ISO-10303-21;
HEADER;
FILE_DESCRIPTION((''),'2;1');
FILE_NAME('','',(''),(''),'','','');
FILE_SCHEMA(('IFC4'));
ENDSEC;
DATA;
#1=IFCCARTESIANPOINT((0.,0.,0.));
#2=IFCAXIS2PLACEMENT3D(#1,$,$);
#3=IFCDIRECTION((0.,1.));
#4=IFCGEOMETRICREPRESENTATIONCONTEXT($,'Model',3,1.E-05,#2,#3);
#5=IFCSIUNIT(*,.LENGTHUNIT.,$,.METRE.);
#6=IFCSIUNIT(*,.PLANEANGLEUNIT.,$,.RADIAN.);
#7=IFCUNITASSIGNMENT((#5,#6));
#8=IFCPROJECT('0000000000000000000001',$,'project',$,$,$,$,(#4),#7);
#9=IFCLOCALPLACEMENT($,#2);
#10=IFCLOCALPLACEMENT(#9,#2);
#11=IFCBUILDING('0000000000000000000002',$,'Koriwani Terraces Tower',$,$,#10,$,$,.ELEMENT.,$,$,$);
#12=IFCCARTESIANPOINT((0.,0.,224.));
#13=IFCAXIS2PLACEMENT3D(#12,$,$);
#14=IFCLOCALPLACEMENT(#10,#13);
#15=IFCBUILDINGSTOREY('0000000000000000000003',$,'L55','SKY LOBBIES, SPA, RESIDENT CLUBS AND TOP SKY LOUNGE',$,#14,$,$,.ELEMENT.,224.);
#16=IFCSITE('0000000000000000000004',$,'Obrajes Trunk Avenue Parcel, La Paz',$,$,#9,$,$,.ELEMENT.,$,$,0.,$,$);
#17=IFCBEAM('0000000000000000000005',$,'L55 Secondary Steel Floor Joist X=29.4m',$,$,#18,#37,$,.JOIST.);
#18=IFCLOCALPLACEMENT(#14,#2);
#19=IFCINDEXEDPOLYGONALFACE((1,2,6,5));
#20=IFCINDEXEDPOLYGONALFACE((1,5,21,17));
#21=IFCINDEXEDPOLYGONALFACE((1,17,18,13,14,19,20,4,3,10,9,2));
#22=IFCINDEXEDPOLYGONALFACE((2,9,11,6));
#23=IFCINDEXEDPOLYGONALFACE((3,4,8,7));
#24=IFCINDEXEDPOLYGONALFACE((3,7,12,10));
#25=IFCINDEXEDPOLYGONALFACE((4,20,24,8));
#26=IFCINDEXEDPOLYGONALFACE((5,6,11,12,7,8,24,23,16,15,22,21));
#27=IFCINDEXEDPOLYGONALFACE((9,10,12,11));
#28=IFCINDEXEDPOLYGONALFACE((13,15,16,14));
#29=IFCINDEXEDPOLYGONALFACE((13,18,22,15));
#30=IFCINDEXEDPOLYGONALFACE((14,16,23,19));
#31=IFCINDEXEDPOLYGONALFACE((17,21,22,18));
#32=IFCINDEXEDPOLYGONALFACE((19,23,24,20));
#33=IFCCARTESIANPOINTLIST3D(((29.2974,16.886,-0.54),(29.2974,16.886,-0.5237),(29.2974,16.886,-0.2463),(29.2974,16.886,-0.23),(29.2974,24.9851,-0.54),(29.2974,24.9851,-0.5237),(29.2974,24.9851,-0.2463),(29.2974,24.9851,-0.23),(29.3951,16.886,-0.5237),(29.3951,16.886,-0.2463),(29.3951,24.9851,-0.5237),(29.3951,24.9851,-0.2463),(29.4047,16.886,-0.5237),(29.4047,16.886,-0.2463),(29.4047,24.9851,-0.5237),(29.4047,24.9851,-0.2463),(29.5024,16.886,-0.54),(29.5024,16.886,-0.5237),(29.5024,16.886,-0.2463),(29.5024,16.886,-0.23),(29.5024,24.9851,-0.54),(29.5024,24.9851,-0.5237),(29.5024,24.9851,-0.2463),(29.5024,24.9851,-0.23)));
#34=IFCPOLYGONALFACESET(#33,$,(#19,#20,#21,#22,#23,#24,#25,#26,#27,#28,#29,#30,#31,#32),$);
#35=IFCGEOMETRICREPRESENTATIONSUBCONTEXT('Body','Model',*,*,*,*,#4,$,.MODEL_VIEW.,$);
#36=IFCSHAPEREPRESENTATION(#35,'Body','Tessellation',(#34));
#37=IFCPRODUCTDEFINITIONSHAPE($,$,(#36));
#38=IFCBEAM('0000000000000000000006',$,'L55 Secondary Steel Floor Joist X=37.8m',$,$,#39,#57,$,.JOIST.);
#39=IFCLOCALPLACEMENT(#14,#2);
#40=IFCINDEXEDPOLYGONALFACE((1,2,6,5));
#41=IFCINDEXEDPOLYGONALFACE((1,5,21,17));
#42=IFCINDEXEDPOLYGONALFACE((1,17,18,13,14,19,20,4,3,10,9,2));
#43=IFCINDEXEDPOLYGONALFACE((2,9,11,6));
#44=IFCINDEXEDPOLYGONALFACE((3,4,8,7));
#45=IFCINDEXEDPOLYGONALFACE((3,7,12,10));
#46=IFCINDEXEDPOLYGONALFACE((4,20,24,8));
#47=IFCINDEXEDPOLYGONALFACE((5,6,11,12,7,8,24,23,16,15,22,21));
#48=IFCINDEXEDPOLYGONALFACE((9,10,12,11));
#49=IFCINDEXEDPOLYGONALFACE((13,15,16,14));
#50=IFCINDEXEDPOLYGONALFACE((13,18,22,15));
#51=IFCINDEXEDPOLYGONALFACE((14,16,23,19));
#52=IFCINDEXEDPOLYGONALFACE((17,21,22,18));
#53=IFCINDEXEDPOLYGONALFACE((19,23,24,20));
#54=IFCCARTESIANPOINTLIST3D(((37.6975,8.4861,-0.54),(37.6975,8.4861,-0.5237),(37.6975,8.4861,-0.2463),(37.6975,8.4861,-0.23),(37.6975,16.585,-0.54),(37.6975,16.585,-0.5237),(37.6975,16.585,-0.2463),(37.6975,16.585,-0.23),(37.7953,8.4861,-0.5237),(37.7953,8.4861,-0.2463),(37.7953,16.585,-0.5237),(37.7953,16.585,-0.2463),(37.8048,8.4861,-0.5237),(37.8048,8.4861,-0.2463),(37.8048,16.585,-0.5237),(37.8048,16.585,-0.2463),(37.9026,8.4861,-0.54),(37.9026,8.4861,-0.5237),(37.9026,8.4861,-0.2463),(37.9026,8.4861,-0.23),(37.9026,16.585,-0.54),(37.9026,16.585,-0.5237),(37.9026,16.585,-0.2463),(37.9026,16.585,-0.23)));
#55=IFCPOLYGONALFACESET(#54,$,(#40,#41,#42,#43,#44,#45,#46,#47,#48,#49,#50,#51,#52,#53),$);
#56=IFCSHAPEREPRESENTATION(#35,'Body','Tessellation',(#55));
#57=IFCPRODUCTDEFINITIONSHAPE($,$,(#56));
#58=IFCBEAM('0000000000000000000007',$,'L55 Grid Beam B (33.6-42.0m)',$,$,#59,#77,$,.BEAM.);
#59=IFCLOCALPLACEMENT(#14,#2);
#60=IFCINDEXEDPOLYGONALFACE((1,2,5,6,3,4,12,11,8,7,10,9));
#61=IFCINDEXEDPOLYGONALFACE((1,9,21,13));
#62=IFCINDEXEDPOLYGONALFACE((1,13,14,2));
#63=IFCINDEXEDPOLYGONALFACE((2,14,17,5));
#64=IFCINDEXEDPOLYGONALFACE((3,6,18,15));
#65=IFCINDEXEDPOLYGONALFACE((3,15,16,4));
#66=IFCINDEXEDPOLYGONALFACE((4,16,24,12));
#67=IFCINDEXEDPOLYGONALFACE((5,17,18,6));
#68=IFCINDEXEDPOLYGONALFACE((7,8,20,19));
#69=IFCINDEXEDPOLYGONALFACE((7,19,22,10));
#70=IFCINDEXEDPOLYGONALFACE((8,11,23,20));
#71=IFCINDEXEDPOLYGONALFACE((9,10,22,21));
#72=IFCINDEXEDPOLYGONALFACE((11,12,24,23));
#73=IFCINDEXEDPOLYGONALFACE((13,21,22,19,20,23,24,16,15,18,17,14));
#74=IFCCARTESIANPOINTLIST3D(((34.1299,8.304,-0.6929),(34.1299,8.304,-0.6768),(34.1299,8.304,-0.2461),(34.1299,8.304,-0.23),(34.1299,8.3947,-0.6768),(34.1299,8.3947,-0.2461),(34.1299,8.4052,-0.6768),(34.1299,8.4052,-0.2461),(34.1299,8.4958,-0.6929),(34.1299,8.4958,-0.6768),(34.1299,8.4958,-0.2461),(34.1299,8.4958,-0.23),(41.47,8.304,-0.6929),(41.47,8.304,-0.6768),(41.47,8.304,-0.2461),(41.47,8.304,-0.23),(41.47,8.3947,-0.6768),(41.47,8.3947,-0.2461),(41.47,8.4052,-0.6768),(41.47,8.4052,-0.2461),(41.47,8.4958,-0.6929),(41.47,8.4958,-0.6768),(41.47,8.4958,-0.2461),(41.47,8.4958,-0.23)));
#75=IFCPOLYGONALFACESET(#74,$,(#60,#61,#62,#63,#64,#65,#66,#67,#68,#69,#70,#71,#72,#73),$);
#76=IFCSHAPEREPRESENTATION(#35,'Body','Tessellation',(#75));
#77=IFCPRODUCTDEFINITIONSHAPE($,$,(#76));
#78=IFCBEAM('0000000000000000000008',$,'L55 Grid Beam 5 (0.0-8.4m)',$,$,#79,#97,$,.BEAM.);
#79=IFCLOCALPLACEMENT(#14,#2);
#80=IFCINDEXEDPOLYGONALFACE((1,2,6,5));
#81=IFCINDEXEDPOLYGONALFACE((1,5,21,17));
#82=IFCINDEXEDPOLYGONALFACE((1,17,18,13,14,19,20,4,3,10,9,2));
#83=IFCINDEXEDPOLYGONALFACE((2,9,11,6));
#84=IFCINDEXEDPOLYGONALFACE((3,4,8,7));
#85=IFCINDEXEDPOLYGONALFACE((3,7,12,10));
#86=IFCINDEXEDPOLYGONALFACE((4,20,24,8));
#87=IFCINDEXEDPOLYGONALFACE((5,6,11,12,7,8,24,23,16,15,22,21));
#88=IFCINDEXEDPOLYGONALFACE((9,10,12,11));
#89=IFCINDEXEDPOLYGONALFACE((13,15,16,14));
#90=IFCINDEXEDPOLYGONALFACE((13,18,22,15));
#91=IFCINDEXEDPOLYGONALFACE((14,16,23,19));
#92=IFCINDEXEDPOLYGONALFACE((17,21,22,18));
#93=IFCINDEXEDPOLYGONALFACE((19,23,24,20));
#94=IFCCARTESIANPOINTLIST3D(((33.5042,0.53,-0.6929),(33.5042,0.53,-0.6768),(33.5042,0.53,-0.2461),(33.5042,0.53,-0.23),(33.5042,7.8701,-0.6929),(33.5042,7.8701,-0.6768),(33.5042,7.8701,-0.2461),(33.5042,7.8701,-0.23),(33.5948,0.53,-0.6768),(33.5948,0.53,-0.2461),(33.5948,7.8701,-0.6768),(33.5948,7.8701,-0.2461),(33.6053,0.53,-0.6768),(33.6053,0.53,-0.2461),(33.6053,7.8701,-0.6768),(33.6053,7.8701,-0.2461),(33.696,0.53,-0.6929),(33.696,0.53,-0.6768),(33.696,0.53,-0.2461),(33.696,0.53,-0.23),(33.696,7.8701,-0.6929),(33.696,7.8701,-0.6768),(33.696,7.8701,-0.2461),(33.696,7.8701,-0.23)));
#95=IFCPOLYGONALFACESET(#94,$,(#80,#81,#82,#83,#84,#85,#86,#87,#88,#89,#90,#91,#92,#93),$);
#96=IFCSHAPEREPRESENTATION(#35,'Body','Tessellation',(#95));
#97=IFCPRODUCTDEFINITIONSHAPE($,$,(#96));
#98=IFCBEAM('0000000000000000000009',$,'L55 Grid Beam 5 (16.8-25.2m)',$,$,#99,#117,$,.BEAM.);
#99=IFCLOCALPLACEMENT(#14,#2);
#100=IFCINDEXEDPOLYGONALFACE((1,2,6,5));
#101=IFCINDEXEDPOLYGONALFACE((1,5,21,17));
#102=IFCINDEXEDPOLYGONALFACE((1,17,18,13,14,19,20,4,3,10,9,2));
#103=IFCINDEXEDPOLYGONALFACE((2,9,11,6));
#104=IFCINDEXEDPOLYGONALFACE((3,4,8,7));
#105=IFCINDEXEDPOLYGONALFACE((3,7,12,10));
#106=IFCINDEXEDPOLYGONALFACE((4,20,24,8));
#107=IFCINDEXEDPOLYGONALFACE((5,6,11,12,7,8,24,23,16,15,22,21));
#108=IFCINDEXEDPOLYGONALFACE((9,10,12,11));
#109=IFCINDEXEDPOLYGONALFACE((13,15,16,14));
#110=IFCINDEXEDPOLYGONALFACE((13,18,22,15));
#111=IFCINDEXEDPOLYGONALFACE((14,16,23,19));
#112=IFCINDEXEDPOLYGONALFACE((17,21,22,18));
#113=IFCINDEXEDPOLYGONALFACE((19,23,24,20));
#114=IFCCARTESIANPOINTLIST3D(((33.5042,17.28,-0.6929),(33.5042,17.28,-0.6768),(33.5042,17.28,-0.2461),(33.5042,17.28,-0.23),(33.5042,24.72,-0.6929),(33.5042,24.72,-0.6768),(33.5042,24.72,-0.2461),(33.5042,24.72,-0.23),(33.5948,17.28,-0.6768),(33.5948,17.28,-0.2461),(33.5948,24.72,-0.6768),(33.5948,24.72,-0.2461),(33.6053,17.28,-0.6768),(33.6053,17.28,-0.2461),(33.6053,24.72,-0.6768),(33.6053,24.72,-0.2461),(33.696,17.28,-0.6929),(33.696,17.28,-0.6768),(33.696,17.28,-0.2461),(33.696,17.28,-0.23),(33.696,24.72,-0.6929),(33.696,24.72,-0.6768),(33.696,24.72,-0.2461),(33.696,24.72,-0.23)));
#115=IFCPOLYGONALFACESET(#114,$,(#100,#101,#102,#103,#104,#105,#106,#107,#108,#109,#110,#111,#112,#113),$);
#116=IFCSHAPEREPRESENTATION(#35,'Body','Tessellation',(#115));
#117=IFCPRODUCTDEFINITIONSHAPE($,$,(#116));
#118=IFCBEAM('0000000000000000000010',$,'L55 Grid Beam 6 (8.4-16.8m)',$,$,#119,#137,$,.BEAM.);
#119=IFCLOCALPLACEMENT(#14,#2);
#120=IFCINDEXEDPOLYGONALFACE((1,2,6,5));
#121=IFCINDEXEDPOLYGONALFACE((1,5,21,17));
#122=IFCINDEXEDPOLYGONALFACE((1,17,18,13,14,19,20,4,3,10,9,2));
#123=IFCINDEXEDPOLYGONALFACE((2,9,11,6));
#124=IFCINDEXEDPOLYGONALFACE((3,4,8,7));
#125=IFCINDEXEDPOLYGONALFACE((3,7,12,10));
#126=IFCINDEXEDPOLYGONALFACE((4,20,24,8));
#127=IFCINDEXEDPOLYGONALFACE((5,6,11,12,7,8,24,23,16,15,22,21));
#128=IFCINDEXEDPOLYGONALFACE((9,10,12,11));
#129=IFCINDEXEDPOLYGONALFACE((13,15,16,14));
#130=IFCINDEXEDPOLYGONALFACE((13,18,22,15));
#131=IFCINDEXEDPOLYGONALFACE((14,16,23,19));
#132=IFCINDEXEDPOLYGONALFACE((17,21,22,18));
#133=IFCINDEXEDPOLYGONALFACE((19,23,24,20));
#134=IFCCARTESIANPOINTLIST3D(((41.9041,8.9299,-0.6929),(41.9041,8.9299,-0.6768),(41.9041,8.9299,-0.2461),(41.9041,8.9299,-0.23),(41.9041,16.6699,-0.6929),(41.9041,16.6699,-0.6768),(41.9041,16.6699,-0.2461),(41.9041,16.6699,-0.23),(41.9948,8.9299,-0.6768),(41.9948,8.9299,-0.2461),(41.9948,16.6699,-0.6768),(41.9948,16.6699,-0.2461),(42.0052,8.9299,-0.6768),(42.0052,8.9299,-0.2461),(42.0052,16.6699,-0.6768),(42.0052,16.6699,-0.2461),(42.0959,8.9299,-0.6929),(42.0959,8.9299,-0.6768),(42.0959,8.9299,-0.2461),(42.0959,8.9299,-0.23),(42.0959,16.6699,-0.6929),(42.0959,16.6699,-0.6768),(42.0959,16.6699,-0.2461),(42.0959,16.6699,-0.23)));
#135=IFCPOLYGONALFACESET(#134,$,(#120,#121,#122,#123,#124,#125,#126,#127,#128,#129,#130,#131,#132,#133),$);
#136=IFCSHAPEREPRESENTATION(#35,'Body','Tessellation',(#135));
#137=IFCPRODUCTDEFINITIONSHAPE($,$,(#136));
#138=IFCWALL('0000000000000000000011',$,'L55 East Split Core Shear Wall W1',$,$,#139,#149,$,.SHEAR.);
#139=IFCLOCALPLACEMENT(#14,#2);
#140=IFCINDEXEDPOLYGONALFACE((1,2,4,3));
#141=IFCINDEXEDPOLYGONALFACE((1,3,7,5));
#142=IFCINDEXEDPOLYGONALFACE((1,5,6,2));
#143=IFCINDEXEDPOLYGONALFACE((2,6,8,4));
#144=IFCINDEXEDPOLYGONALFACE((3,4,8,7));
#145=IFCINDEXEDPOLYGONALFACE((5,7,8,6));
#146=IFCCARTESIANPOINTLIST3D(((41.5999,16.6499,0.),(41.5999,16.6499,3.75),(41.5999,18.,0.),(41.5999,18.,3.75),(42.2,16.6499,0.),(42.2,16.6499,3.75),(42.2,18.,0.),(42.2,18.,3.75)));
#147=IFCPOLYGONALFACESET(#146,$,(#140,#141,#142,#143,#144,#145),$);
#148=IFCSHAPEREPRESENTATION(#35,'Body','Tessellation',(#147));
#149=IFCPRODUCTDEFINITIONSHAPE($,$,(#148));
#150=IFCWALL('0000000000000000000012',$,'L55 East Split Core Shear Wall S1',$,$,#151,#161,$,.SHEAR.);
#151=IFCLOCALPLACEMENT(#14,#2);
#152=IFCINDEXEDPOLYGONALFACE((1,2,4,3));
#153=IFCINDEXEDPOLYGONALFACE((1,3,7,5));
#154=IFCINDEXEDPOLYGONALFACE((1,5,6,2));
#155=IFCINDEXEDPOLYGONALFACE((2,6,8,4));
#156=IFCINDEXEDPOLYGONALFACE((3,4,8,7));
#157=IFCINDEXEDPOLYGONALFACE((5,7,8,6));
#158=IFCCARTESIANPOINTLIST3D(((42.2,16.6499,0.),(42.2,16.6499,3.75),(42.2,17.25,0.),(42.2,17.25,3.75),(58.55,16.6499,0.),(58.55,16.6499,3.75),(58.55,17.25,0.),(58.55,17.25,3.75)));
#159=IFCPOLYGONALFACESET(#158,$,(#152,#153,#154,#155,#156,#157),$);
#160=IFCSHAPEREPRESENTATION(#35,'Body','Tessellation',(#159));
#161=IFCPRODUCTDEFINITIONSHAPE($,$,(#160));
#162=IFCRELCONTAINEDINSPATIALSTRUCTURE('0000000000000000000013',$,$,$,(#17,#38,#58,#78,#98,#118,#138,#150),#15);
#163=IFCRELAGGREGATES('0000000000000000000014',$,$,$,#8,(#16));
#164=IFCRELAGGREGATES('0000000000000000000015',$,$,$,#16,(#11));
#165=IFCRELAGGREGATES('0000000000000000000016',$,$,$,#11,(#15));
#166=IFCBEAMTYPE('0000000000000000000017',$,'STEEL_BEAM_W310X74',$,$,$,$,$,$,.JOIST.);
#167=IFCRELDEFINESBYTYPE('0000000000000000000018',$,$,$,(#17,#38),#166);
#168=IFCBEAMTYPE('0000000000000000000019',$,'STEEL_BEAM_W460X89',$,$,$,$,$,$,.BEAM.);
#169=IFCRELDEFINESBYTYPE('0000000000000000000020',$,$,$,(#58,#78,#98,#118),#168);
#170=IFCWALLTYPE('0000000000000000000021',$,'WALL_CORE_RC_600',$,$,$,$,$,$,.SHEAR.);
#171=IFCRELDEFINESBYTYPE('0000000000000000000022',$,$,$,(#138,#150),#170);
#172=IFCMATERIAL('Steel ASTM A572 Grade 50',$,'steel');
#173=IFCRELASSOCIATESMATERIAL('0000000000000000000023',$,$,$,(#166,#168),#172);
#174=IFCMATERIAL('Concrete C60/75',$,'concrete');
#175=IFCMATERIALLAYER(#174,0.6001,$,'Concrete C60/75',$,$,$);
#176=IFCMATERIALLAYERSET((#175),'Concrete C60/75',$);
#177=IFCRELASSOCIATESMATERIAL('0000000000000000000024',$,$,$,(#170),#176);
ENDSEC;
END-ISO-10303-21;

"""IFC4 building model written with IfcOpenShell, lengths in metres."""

from ifc_helpers import new_model, si_unit, direction, frame, frame_2d, origin, origin_2d, place, context, subcontext, project, spatial, rectangle, i_section, extrude, material, layer, layer_set, material_profile, profile_set, type_object, element, save


model = new_model("IFC4")

# Units and contexts
model_context = context("Model", 3, precision=1e-05, world=origin(), true_north=direction((0.0, 1.0)))
body_context = subcontext(model_context, "Body", "Model", "MODEL_VIEW")
ifc_project = project(units=[si_unit("LENGTHUNIT", "METRE"), si_unit("PLANEANGLEUNIT", "RADIAN")], contexts=[model_context])

# Site, building, storey
site_placement = place(None, origin())
site = spatial("IfcSite", under=ifc_project, at=site_placement, Name="Obrajes Trunk Avenue Parcel, La Paz", CompositionType="ELEMENT", RefElevation=0.0)
building_placement = place(site_placement, origin())
building = spatial("IfcBuilding", under=site, at=building_placement, Name="Koriwani Terraces Tower", CompositionType="ELEMENT")
storey_placement = place(building_placement, frame((0.0, 0.0, 224.0)))
storey = spatial("IfcBuildingStorey", under=building, at=storey_placement, Name="L55", Description="SKY LOBBIES, SPA, RESIDENT CLUBS AND TOP SKY LOUNGE", CompositionType="ELEMENT", Elevation=224.0)

# Beams
ifc_material_1 = material(Name="Concrete C60/75", Category="concrete")
ifc_material_2 = material(Name="Steel ASTM A572 Grade 50", Category="steel")
ifc_material_profile_1 = material_profile(ifc_material_2, i_section(OverallWidth=0.2051, OverallDepth=0.3101, WebThickness=0.0095, FlangeThickness=0.0164, at=origin_2d()), Name="Steel ASTM A572 Grade 50", Category="LoadBearing")
ifc_profile_set_1 = profile_set([ifc_material_profile_1], Name="Steel ASTM A572 Grade 50")
beam_type_1 = type_object("IfcBeamType", Name="STEEL_BEAM_W310X74", PredefinedType="JOIST", material=ifc_profile_set_1)
beam_1_placement = place(storey_placement, frame((29.3999, 16.886, -0.385), z_axis=(0.0, 1.0, 0.0), x_axis=(-1.0, 0.0, 0.0)))
element("IfcBeam", 1, at=beam_1_placement, inside=storey, type_object=beam_type_1, Name="L55 Secondary Steel Floor Joist X=29.4m", PredefinedType="JOIST", context=body_context, shape_type="SweptSolid", body=[
    extrude(i_section(OverallWidth=0.2051, OverallDepth=0.3101, WebThickness=0.0095, FlangeThickness=0.0164, at=origin_2d()), origin(), (0.0, 0.0, 1.0), 8.0991),
])
beam_2_placement = place(storey_placement, frame((37.8, 8.4861, -0.385), z_axis=(0.0, 1.0, 0.0), x_axis=(-1.0, 0.0, 0.0)))
element("IfcBeam", 2, at=beam_2_placement, inside=storey, type_object=beam_type_1, Name="L55 Secondary Steel Floor Joist X=37.8m", PredefinedType="JOIST", context=body_context, shape_type="SweptSolid", body=[
    extrude(i_section(OverallWidth=0.2051, OverallDepth=0.3101, WebThickness=0.0095, FlangeThickness=0.0164, at=origin_2d()), origin(), (0.0, 0.0, 1.0), 8.0989),
])
ifc_material_profile_2 = material_profile(ifc_material_2, i_section(OverallWidth=0.1919, OverallDepth=0.4629, WebThickness=0.0105, FlangeThickness=0.0161, at=origin_2d()), Name="Steel ASTM A572 Grade 50", Category="LoadBearing")
ifc_profile_set_2 = profile_set([ifc_material_profile_2], Name="Steel ASTM A572 Grade 50")
beam_type_2 = type_object("IfcBeamType", Name="STEEL_BEAM_W460X89", PredefinedType="BEAM", material=ifc_profile_set_2)
for number, where, z_axis, x_axis, name in (
    (3, (34.1299, 8.3999, -0.4614), (1.0, 0.0, 0.0), (0.0, 1.0, 0.0), "L55 Grid Beam B (33.6-42.0m)"),
    (4, (33.6001, 0.53, -0.4614), (0.0, 1.0, 0.0), (-1.0, 0.0, 0.0), "L55 Grid Beam 5 (0.0-8.4m)"),
):
    element("IfcBeam", number, at=place(storey_placement, frame(where, z_axis=z_axis, x_axis=x_axis)), inside=storey, type_object=beam_type_2, Name=name, PredefinedType="BEAM", context=body_context, shape_type="SweptSolid", body=[
        extrude(i_section(OverallWidth=0.1919, OverallDepth=0.4629, WebThickness=0.0105, FlangeThickness=0.0161, at=origin_2d()), origin(), (0.0, 0.0, 1.0), 7.3401),
    ])
beam_3_placement = place(storey_placement, frame((33.6001, 17.28, -0.4614), z_axis=(0.0, 1.0, 0.0), x_axis=(-1.0, 0.0, 0.0)))
element("IfcBeam", 5, at=beam_3_placement, inside=storey, type_object=beam_type_2, Name="L55 Grid Beam 5 (16.8-25.2m)", PredefinedType="BEAM", context=body_context, shape_type="SweptSolid", body=[
    extrude(i_section(OverallWidth=0.1919, OverallDepth=0.4629, WebThickness=0.0105, FlangeThickness=0.0161, at=origin_2d()), origin(), (0.0, 0.0, 1.0), 7.4399),
])
beam_4_placement = place(storey_placement, frame((42.0, 8.9299, -0.4614), z_axis=(0.0, 1.0, 0.0), x_axis=(-1.0, 0.0, 0.0)))
element("IfcBeam", 6, at=beam_4_placement, inside=storey, type_object=beam_type_2, Name="L55 Grid Beam 6 (8.4-16.8m)", PredefinedType="BEAM", context=body_context, shape_type="SweptSolid", body=[
    extrude(i_section(OverallWidth=0.1919, OverallDepth=0.4629, WebThickness=0.0105, FlangeThickness=0.0161, at=origin_2d()), origin(), (0.0, 0.0, 1.0), 7.74),
])

# Walls
ifc_layer_1 = layer(ifc_material_1, 0.6001, Name="Concrete C60/75")
ifc_layer_set_1 = layer_set([ifc_layer_1], Name="Concrete C60/75")
wall_type_1 = type_object("IfcWallType", Name="WALL_CORE_RC_600", PredefinedType="SHEAR", material=ifc_layer_set_1)
wall_1_placement = place(storey_placement, frame((41.8999, 16.6499, 0.0), z_axis=(0.0, 0.0, 1.0), x_axis=(0.0, 1.0, 0.0)))
element("IfcWall", 7, at=wall_1_placement, inside=storey, type_object=wall_type_1, Name="L55 East Split Core Shear Wall W1", PredefinedType="SHEAR", context=body_context, shape_type="SweptSolid", body=[
    extrude(rectangle(XDim=1.3501, YDim=0.6001, at=frame_2d((0.675, 0.0))), origin(), (0.0, 0.0, 1.0), 3.75),
])
wall_2_placement = place(storey_placement, frame((42.2, 16.95, 0.0), z_axis=(0.0, 0.0, 1.0), x_axis=(1.0, 0.0, 0.0)))
element("IfcWall", 8, at=wall_2_placement, inside=storey, type_object=wall_type_1, Name="L55 East Split Core Shear Wall S1", PredefinedType="SHEAR", context=body_context, shape_type="SweptSolid", body=[
    extrude(rectangle(XDim=16.3501, YDim=0.6001, at=frame_2d((8.175, 0.0))), origin(), (0.0, 0.0, 1.0), 3.75),
])

save(model, "model.ifc")
